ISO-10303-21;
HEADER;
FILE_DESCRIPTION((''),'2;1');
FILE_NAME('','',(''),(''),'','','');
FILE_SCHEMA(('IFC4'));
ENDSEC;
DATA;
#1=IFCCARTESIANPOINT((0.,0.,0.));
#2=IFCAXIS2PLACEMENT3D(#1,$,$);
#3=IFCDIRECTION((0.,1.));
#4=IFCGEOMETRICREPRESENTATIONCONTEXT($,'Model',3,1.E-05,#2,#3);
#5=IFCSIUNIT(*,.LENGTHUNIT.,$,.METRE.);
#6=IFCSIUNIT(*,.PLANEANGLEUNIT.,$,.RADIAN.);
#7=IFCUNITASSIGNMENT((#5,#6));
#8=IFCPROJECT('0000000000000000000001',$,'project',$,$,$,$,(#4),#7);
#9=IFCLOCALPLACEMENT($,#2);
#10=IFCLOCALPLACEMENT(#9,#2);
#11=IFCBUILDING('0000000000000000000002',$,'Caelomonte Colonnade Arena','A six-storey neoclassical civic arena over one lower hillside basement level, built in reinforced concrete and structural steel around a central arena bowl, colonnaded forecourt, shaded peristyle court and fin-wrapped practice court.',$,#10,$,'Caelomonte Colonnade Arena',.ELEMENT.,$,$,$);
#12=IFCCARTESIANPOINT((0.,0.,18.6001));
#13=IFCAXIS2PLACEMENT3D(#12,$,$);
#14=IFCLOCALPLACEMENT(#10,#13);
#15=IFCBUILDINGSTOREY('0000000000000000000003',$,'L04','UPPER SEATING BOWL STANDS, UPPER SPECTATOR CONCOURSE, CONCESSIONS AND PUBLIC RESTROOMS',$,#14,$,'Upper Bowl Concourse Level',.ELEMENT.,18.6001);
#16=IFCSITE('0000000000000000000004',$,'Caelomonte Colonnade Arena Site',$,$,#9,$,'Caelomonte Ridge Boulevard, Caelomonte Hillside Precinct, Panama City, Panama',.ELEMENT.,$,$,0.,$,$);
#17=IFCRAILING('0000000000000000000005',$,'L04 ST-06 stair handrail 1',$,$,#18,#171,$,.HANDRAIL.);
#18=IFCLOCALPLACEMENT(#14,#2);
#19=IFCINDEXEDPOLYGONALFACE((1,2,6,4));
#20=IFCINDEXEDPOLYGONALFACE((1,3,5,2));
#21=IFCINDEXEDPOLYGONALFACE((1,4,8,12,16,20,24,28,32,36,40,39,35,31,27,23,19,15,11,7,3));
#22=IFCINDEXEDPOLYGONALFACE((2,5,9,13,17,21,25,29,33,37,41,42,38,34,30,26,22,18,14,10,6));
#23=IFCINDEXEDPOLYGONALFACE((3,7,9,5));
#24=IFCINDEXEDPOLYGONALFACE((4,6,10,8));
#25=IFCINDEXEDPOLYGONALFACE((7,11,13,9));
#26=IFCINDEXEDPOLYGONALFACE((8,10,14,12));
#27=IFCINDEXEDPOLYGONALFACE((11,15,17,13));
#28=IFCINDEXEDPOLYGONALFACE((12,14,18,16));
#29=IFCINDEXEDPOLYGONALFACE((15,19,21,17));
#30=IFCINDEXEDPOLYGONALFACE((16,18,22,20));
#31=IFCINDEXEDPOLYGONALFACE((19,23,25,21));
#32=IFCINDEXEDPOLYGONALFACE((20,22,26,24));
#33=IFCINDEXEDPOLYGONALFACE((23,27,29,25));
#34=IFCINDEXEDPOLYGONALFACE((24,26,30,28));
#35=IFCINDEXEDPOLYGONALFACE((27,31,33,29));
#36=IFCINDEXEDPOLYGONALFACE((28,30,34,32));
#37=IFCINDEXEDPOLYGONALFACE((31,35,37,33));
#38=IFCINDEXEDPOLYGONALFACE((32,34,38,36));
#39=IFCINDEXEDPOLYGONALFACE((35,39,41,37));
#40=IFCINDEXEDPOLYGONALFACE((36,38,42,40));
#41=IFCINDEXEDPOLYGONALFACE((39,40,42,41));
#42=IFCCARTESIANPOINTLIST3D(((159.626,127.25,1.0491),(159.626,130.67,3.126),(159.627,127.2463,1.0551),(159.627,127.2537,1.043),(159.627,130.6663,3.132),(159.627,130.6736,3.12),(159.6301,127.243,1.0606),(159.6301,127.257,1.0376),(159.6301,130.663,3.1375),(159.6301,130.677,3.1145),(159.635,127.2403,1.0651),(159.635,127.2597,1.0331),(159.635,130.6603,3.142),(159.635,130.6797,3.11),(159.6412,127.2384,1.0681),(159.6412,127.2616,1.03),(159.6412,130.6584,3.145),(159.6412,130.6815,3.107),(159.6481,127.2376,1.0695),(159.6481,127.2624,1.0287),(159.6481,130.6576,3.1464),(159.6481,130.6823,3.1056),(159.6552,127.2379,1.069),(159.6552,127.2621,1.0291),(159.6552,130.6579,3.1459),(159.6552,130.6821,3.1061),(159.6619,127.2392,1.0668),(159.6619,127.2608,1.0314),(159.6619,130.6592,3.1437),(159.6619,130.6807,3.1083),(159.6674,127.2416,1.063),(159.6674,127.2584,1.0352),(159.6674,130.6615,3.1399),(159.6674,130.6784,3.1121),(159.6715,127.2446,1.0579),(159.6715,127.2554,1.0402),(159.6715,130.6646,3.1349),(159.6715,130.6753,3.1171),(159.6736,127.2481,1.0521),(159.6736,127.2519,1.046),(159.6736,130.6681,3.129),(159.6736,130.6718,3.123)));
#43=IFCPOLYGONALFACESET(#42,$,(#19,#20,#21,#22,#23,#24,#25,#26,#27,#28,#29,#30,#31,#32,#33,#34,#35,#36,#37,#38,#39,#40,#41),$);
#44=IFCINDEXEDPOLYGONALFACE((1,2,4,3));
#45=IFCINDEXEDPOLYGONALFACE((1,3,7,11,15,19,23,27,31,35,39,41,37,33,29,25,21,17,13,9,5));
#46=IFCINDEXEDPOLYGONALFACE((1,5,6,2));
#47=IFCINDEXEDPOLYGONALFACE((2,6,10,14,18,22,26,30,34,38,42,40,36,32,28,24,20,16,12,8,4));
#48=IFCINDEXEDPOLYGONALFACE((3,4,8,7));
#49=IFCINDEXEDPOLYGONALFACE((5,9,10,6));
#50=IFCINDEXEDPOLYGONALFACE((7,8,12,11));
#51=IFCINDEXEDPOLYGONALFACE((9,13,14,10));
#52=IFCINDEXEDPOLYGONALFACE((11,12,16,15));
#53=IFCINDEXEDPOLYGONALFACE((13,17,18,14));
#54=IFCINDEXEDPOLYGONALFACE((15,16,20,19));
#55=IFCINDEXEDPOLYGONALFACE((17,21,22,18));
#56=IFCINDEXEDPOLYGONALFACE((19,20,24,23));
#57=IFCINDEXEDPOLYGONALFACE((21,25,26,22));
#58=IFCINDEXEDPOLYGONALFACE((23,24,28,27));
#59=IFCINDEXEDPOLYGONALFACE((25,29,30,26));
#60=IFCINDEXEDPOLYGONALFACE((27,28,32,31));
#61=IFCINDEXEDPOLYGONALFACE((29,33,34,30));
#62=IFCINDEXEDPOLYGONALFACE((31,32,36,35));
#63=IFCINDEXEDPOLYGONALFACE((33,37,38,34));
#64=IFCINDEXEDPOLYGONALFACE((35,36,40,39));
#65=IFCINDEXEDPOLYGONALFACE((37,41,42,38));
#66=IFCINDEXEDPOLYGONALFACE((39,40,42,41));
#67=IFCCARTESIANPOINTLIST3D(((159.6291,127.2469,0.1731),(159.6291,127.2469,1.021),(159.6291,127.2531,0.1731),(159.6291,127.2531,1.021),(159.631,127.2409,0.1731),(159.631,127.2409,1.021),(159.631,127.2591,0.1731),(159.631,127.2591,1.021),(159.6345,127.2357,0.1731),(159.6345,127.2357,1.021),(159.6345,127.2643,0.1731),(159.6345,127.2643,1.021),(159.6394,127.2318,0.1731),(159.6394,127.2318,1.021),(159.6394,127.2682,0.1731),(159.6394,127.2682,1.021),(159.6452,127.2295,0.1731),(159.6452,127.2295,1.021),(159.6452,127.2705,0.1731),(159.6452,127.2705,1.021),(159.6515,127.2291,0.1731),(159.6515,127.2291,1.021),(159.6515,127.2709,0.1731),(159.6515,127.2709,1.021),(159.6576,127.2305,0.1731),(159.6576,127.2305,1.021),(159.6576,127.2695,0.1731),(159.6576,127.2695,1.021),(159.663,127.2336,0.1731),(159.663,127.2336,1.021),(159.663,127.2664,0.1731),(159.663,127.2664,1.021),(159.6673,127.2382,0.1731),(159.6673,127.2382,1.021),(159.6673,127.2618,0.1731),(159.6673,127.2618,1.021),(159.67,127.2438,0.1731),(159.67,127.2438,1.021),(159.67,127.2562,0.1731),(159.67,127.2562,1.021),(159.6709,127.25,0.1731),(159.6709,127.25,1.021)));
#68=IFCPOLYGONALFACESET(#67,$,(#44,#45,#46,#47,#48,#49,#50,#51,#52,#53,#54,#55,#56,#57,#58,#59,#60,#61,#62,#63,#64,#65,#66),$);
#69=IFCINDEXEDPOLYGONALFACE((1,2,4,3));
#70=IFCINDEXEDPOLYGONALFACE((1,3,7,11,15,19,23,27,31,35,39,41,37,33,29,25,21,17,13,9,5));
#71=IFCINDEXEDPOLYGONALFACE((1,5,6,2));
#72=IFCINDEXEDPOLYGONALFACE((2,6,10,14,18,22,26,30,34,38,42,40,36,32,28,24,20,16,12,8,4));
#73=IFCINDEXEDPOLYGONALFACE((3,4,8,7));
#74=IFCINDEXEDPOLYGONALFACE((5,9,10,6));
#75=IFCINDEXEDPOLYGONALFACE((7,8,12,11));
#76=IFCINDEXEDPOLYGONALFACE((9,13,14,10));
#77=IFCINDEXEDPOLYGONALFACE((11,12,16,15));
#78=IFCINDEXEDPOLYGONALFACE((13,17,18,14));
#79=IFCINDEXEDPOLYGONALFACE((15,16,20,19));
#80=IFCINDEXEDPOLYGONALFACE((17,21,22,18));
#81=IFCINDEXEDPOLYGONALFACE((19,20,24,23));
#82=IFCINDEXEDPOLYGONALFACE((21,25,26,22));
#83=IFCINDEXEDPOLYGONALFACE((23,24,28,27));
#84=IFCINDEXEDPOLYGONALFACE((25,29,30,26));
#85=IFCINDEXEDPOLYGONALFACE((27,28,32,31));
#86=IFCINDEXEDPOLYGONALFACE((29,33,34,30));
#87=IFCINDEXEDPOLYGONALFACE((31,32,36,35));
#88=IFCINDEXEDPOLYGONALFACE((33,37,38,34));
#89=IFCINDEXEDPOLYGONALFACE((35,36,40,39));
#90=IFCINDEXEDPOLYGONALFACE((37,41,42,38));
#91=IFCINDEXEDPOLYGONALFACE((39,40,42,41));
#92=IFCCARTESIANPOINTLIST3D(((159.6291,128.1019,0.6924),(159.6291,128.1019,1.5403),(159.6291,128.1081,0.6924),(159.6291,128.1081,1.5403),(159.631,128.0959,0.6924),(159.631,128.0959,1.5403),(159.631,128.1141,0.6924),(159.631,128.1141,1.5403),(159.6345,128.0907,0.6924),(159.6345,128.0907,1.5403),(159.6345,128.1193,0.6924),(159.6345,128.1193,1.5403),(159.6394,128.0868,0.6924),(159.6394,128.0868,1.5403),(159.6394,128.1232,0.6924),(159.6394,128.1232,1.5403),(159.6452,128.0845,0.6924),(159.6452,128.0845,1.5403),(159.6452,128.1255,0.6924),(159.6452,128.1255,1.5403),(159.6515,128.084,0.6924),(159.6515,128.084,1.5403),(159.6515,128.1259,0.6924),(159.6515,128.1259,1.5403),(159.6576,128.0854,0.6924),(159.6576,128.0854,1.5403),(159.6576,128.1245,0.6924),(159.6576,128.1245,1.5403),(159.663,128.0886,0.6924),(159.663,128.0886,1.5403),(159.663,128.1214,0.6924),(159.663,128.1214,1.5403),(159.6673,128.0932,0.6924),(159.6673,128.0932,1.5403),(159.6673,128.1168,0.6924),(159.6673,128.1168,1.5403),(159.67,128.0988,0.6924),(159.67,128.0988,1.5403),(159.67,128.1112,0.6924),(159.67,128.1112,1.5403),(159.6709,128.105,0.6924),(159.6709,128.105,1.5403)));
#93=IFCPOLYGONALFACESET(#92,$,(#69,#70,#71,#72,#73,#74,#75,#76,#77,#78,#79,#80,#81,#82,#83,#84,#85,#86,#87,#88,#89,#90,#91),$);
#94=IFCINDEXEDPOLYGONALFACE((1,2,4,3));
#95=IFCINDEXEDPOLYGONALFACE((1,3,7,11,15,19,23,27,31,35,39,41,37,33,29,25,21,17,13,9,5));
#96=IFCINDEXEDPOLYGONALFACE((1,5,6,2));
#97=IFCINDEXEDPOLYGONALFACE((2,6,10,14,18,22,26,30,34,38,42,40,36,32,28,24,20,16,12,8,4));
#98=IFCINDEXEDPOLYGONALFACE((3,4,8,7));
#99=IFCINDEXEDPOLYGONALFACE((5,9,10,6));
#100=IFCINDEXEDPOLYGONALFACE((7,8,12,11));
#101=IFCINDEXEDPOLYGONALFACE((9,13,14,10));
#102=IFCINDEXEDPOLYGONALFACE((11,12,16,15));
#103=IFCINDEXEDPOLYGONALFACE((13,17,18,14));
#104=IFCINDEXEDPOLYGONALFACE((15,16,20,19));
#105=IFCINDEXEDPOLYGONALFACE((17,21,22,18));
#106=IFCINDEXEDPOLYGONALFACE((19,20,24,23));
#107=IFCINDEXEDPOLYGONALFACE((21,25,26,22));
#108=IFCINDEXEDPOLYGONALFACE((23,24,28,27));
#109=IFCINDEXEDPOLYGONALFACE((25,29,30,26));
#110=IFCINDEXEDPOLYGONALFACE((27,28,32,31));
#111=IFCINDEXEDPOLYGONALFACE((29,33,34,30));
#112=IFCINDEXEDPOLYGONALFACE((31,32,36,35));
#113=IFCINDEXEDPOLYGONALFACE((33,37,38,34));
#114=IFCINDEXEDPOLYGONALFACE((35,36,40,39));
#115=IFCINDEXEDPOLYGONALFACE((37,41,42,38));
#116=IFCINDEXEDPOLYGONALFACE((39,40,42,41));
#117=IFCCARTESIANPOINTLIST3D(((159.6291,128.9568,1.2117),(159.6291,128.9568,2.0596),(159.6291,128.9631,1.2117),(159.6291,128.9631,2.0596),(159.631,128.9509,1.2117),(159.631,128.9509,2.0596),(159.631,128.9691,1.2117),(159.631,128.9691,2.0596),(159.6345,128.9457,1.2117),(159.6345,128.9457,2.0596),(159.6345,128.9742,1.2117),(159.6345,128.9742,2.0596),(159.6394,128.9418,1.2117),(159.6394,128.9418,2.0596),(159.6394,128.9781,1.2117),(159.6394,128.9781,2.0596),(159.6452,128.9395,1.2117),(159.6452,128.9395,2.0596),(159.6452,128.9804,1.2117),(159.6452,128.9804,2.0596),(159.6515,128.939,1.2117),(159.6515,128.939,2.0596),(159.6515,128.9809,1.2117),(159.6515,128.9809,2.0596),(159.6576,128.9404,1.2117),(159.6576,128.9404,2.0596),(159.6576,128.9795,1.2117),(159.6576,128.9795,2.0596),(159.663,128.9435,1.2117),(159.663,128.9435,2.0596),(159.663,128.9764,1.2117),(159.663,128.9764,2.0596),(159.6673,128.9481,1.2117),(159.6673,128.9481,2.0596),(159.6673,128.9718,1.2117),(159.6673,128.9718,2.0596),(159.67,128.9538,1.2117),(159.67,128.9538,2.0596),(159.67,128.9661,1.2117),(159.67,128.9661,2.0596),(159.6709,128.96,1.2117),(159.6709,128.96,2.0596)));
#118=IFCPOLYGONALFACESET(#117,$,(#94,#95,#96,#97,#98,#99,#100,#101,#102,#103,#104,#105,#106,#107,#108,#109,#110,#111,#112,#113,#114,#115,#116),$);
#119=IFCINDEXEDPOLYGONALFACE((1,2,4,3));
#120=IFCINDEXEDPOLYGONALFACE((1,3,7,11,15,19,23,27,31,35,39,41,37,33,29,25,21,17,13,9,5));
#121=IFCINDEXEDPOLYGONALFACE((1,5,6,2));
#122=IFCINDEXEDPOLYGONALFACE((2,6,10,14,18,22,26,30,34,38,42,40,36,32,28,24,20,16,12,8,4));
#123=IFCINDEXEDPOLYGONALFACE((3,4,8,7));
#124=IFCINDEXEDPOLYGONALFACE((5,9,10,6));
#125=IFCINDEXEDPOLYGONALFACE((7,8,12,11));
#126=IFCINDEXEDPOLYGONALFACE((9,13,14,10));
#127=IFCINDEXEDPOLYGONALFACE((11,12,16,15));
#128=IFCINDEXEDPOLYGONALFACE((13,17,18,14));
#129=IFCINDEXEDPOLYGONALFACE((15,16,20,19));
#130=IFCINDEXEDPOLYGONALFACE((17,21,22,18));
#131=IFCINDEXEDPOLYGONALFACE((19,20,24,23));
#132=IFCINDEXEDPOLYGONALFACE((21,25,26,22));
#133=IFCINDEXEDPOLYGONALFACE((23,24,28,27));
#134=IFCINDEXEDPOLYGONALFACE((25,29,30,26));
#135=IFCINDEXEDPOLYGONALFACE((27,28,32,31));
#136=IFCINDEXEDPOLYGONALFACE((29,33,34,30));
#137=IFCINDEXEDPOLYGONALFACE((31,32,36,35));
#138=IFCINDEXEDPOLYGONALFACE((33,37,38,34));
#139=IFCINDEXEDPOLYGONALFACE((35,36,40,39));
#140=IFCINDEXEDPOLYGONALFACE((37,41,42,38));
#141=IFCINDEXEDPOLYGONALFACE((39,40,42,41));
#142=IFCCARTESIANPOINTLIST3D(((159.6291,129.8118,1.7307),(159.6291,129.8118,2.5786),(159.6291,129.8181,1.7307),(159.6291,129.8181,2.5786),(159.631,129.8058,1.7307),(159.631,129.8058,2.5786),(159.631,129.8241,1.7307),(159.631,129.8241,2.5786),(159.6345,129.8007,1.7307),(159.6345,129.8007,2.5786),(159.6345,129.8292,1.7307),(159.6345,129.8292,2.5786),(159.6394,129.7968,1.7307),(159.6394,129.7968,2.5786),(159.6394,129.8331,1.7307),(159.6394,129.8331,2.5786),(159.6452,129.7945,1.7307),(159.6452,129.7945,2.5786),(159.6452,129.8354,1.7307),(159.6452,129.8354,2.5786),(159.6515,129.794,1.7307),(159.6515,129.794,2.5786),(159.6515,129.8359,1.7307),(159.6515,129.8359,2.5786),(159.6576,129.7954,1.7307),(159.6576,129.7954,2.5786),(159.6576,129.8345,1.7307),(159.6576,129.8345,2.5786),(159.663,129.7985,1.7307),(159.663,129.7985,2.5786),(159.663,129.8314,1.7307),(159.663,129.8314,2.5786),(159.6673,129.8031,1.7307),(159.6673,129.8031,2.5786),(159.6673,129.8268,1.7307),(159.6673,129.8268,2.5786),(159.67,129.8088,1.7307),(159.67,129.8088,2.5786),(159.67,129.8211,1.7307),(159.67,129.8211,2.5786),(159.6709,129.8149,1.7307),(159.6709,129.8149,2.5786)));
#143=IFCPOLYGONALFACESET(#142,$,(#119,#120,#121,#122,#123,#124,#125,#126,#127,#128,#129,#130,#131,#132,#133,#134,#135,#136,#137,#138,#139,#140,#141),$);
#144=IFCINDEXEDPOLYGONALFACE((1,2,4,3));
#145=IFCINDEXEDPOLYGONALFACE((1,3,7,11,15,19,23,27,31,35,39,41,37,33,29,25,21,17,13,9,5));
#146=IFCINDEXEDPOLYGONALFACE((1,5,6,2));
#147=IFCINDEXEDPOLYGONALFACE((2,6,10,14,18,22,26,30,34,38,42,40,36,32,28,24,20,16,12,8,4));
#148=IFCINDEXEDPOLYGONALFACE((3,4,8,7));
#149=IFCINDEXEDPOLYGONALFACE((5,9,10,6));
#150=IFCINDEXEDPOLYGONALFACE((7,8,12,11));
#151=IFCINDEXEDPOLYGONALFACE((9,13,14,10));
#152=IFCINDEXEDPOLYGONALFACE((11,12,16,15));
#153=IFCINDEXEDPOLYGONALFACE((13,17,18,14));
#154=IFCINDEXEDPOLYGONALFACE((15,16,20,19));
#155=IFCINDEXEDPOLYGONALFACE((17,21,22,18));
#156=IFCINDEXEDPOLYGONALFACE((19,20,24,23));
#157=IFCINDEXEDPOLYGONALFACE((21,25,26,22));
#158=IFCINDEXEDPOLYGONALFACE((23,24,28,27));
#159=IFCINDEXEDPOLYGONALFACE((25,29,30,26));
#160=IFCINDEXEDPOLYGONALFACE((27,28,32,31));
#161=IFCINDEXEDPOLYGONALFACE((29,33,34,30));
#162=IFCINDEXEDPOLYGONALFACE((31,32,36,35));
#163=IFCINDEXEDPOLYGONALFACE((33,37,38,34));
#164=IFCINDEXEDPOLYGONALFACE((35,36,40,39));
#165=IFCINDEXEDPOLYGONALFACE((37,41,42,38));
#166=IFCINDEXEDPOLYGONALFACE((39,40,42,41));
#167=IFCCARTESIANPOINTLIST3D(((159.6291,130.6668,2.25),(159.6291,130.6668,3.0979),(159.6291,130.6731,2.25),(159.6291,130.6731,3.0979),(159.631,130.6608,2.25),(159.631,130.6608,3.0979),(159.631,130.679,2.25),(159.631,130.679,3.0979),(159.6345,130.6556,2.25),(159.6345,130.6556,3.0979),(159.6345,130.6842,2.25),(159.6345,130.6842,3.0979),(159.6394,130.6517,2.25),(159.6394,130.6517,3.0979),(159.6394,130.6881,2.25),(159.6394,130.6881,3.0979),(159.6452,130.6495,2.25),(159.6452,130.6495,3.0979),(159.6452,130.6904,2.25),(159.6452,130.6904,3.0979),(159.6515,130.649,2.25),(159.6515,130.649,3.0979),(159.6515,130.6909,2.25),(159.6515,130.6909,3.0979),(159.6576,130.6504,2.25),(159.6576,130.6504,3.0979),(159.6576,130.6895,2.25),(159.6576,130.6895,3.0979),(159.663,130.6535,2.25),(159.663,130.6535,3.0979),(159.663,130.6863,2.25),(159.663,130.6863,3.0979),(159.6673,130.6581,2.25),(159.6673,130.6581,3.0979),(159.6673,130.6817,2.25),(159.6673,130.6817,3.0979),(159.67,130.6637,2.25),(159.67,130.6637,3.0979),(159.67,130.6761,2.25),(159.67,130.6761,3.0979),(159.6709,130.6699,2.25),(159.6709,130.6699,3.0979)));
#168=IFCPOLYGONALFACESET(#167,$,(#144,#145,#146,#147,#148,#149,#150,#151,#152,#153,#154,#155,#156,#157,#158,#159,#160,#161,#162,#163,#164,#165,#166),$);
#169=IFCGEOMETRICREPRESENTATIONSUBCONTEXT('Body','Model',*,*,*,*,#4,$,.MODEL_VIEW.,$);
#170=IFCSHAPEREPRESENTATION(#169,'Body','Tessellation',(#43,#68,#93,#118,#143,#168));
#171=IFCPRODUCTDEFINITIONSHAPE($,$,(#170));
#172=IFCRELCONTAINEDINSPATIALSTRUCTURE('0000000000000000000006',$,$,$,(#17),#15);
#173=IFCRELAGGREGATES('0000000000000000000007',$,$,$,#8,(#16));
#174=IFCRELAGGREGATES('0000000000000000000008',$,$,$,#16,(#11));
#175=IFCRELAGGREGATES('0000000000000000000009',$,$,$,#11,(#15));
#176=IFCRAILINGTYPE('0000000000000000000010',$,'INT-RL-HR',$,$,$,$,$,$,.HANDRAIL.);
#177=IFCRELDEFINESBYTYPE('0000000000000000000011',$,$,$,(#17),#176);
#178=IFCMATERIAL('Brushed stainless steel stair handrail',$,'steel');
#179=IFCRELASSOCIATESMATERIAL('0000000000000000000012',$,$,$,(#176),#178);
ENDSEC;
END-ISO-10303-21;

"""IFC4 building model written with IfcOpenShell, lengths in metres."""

from ifc_helpers import new_model, si_unit, direction, frame, origin, origin_2d, place, context, subcontext, project, spatial, circle, extrude, material, type_object, element, save


model = new_model("IFC4")

# Units and contexts
model_context = context("Model", 3, precision=1e-05, world=origin(), true_north=direction((0.0, 1.0)))
body_context = subcontext(model_context, "Body", "Model", "MODEL_VIEW")
ifc_project = project(units=[si_unit("LENGTHUNIT", "METRE"), si_unit("PLANEANGLEUNIT", "RADIAN")], contexts=[model_context])

# Site, building, storey
site_placement = place(None, origin())
site = spatial("IfcSite", under=ifc_project, at=site_placement, Name="Caelomonte Colonnade Arena Site", LongName="Caelomonte Ridge Boulevard, Caelomonte Hillside Precinct, Panama City, Panama", CompositionType="ELEMENT", RefElevation=0.0)
building_placement = place(site_placement, origin())
building = spatial("IfcBuilding", under=site, at=building_placement, Name="Caelomonte Colonnade Arena", Description="A six-storey neoclassical civic arena over one lower hillside basement level, built in reinforced concrete and structural steel around a central arena bowl, colonnaded forecourt, shaded peristyle court and fin-wrapped practice court.", LongName="Caelomonte Colonnade Arena", CompositionType="ELEMENT")
storey_placement = place(building_placement, frame((0.0, 0.0, 18.6001)))
storey = spatial("IfcBuildingStorey", under=building, at=storey_placement, Name="L04", Description="UPPER SEATING BOWL STANDS, UPPER SPECTATOR CONCOURSE, CONCESSIONS AND PUBLIC RESTROOMS", LongName="Upper Bowl Concourse Level", CompositionType="ELEMENT", Elevation=18.6001)

# Railing
ifc_material_1 = material(Name="Brushed stainless steel stair handrail", Category="steel")
railing_type_1 = type_object("IfcRailingType", Name="INT-RL-HR", PredefinedType="HANDRAIL", material=ifc_material_1)
railing_1_placement = place(storey_placement, frame((159.6499, 127.25, 0.1731)))
element("IfcRailing", 1, at=railing_1_placement, inside=storey, type_object=railing_type_1, Name="L04 ST-06 stair handrail 1", PredefinedType="HANDRAIL", context=body_context, shape_type="SweptSolid", body=[
    extrude(circle(Radius=0.0239, at=origin_2d()), frame((0.0, 0.0, 0.876), z_axis=(0.0, 0.85473, 0.519074), x_axis=(-1.0, 0.0, 0.0)), (0.0, 0.0, 1.0), 4.0012),
    extrude(circle(Radius=0.021, at=origin_2d()), origin(), (0.0, 0.0, 1.0), 0.8479),
    extrude(circle(Radius=0.021, at=origin_2d()), frame((0.0, 0.855, 0.5193)), (0.0, 0.0, 1.0), 0.8479),
    extrude(circle(Radius=0.021, at=origin_2d()), frame((0.0, 1.71, 1.0386)), (0.0, 0.0, 1.0), 0.8479),
    extrude(circle(Radius=0.021, at=origin_2d()), frame((0.0, 2.5649, 1.5576)), (0.0, 0.0, 1.0), 0.8479),
    extrude(circle(Radius=0.021, at=origin_2d()), frame((0.0, 3.4199, 2.0769)), (0.0, 0.0, 1.0), 0.8479),
])

save(model, "model.ifc")
